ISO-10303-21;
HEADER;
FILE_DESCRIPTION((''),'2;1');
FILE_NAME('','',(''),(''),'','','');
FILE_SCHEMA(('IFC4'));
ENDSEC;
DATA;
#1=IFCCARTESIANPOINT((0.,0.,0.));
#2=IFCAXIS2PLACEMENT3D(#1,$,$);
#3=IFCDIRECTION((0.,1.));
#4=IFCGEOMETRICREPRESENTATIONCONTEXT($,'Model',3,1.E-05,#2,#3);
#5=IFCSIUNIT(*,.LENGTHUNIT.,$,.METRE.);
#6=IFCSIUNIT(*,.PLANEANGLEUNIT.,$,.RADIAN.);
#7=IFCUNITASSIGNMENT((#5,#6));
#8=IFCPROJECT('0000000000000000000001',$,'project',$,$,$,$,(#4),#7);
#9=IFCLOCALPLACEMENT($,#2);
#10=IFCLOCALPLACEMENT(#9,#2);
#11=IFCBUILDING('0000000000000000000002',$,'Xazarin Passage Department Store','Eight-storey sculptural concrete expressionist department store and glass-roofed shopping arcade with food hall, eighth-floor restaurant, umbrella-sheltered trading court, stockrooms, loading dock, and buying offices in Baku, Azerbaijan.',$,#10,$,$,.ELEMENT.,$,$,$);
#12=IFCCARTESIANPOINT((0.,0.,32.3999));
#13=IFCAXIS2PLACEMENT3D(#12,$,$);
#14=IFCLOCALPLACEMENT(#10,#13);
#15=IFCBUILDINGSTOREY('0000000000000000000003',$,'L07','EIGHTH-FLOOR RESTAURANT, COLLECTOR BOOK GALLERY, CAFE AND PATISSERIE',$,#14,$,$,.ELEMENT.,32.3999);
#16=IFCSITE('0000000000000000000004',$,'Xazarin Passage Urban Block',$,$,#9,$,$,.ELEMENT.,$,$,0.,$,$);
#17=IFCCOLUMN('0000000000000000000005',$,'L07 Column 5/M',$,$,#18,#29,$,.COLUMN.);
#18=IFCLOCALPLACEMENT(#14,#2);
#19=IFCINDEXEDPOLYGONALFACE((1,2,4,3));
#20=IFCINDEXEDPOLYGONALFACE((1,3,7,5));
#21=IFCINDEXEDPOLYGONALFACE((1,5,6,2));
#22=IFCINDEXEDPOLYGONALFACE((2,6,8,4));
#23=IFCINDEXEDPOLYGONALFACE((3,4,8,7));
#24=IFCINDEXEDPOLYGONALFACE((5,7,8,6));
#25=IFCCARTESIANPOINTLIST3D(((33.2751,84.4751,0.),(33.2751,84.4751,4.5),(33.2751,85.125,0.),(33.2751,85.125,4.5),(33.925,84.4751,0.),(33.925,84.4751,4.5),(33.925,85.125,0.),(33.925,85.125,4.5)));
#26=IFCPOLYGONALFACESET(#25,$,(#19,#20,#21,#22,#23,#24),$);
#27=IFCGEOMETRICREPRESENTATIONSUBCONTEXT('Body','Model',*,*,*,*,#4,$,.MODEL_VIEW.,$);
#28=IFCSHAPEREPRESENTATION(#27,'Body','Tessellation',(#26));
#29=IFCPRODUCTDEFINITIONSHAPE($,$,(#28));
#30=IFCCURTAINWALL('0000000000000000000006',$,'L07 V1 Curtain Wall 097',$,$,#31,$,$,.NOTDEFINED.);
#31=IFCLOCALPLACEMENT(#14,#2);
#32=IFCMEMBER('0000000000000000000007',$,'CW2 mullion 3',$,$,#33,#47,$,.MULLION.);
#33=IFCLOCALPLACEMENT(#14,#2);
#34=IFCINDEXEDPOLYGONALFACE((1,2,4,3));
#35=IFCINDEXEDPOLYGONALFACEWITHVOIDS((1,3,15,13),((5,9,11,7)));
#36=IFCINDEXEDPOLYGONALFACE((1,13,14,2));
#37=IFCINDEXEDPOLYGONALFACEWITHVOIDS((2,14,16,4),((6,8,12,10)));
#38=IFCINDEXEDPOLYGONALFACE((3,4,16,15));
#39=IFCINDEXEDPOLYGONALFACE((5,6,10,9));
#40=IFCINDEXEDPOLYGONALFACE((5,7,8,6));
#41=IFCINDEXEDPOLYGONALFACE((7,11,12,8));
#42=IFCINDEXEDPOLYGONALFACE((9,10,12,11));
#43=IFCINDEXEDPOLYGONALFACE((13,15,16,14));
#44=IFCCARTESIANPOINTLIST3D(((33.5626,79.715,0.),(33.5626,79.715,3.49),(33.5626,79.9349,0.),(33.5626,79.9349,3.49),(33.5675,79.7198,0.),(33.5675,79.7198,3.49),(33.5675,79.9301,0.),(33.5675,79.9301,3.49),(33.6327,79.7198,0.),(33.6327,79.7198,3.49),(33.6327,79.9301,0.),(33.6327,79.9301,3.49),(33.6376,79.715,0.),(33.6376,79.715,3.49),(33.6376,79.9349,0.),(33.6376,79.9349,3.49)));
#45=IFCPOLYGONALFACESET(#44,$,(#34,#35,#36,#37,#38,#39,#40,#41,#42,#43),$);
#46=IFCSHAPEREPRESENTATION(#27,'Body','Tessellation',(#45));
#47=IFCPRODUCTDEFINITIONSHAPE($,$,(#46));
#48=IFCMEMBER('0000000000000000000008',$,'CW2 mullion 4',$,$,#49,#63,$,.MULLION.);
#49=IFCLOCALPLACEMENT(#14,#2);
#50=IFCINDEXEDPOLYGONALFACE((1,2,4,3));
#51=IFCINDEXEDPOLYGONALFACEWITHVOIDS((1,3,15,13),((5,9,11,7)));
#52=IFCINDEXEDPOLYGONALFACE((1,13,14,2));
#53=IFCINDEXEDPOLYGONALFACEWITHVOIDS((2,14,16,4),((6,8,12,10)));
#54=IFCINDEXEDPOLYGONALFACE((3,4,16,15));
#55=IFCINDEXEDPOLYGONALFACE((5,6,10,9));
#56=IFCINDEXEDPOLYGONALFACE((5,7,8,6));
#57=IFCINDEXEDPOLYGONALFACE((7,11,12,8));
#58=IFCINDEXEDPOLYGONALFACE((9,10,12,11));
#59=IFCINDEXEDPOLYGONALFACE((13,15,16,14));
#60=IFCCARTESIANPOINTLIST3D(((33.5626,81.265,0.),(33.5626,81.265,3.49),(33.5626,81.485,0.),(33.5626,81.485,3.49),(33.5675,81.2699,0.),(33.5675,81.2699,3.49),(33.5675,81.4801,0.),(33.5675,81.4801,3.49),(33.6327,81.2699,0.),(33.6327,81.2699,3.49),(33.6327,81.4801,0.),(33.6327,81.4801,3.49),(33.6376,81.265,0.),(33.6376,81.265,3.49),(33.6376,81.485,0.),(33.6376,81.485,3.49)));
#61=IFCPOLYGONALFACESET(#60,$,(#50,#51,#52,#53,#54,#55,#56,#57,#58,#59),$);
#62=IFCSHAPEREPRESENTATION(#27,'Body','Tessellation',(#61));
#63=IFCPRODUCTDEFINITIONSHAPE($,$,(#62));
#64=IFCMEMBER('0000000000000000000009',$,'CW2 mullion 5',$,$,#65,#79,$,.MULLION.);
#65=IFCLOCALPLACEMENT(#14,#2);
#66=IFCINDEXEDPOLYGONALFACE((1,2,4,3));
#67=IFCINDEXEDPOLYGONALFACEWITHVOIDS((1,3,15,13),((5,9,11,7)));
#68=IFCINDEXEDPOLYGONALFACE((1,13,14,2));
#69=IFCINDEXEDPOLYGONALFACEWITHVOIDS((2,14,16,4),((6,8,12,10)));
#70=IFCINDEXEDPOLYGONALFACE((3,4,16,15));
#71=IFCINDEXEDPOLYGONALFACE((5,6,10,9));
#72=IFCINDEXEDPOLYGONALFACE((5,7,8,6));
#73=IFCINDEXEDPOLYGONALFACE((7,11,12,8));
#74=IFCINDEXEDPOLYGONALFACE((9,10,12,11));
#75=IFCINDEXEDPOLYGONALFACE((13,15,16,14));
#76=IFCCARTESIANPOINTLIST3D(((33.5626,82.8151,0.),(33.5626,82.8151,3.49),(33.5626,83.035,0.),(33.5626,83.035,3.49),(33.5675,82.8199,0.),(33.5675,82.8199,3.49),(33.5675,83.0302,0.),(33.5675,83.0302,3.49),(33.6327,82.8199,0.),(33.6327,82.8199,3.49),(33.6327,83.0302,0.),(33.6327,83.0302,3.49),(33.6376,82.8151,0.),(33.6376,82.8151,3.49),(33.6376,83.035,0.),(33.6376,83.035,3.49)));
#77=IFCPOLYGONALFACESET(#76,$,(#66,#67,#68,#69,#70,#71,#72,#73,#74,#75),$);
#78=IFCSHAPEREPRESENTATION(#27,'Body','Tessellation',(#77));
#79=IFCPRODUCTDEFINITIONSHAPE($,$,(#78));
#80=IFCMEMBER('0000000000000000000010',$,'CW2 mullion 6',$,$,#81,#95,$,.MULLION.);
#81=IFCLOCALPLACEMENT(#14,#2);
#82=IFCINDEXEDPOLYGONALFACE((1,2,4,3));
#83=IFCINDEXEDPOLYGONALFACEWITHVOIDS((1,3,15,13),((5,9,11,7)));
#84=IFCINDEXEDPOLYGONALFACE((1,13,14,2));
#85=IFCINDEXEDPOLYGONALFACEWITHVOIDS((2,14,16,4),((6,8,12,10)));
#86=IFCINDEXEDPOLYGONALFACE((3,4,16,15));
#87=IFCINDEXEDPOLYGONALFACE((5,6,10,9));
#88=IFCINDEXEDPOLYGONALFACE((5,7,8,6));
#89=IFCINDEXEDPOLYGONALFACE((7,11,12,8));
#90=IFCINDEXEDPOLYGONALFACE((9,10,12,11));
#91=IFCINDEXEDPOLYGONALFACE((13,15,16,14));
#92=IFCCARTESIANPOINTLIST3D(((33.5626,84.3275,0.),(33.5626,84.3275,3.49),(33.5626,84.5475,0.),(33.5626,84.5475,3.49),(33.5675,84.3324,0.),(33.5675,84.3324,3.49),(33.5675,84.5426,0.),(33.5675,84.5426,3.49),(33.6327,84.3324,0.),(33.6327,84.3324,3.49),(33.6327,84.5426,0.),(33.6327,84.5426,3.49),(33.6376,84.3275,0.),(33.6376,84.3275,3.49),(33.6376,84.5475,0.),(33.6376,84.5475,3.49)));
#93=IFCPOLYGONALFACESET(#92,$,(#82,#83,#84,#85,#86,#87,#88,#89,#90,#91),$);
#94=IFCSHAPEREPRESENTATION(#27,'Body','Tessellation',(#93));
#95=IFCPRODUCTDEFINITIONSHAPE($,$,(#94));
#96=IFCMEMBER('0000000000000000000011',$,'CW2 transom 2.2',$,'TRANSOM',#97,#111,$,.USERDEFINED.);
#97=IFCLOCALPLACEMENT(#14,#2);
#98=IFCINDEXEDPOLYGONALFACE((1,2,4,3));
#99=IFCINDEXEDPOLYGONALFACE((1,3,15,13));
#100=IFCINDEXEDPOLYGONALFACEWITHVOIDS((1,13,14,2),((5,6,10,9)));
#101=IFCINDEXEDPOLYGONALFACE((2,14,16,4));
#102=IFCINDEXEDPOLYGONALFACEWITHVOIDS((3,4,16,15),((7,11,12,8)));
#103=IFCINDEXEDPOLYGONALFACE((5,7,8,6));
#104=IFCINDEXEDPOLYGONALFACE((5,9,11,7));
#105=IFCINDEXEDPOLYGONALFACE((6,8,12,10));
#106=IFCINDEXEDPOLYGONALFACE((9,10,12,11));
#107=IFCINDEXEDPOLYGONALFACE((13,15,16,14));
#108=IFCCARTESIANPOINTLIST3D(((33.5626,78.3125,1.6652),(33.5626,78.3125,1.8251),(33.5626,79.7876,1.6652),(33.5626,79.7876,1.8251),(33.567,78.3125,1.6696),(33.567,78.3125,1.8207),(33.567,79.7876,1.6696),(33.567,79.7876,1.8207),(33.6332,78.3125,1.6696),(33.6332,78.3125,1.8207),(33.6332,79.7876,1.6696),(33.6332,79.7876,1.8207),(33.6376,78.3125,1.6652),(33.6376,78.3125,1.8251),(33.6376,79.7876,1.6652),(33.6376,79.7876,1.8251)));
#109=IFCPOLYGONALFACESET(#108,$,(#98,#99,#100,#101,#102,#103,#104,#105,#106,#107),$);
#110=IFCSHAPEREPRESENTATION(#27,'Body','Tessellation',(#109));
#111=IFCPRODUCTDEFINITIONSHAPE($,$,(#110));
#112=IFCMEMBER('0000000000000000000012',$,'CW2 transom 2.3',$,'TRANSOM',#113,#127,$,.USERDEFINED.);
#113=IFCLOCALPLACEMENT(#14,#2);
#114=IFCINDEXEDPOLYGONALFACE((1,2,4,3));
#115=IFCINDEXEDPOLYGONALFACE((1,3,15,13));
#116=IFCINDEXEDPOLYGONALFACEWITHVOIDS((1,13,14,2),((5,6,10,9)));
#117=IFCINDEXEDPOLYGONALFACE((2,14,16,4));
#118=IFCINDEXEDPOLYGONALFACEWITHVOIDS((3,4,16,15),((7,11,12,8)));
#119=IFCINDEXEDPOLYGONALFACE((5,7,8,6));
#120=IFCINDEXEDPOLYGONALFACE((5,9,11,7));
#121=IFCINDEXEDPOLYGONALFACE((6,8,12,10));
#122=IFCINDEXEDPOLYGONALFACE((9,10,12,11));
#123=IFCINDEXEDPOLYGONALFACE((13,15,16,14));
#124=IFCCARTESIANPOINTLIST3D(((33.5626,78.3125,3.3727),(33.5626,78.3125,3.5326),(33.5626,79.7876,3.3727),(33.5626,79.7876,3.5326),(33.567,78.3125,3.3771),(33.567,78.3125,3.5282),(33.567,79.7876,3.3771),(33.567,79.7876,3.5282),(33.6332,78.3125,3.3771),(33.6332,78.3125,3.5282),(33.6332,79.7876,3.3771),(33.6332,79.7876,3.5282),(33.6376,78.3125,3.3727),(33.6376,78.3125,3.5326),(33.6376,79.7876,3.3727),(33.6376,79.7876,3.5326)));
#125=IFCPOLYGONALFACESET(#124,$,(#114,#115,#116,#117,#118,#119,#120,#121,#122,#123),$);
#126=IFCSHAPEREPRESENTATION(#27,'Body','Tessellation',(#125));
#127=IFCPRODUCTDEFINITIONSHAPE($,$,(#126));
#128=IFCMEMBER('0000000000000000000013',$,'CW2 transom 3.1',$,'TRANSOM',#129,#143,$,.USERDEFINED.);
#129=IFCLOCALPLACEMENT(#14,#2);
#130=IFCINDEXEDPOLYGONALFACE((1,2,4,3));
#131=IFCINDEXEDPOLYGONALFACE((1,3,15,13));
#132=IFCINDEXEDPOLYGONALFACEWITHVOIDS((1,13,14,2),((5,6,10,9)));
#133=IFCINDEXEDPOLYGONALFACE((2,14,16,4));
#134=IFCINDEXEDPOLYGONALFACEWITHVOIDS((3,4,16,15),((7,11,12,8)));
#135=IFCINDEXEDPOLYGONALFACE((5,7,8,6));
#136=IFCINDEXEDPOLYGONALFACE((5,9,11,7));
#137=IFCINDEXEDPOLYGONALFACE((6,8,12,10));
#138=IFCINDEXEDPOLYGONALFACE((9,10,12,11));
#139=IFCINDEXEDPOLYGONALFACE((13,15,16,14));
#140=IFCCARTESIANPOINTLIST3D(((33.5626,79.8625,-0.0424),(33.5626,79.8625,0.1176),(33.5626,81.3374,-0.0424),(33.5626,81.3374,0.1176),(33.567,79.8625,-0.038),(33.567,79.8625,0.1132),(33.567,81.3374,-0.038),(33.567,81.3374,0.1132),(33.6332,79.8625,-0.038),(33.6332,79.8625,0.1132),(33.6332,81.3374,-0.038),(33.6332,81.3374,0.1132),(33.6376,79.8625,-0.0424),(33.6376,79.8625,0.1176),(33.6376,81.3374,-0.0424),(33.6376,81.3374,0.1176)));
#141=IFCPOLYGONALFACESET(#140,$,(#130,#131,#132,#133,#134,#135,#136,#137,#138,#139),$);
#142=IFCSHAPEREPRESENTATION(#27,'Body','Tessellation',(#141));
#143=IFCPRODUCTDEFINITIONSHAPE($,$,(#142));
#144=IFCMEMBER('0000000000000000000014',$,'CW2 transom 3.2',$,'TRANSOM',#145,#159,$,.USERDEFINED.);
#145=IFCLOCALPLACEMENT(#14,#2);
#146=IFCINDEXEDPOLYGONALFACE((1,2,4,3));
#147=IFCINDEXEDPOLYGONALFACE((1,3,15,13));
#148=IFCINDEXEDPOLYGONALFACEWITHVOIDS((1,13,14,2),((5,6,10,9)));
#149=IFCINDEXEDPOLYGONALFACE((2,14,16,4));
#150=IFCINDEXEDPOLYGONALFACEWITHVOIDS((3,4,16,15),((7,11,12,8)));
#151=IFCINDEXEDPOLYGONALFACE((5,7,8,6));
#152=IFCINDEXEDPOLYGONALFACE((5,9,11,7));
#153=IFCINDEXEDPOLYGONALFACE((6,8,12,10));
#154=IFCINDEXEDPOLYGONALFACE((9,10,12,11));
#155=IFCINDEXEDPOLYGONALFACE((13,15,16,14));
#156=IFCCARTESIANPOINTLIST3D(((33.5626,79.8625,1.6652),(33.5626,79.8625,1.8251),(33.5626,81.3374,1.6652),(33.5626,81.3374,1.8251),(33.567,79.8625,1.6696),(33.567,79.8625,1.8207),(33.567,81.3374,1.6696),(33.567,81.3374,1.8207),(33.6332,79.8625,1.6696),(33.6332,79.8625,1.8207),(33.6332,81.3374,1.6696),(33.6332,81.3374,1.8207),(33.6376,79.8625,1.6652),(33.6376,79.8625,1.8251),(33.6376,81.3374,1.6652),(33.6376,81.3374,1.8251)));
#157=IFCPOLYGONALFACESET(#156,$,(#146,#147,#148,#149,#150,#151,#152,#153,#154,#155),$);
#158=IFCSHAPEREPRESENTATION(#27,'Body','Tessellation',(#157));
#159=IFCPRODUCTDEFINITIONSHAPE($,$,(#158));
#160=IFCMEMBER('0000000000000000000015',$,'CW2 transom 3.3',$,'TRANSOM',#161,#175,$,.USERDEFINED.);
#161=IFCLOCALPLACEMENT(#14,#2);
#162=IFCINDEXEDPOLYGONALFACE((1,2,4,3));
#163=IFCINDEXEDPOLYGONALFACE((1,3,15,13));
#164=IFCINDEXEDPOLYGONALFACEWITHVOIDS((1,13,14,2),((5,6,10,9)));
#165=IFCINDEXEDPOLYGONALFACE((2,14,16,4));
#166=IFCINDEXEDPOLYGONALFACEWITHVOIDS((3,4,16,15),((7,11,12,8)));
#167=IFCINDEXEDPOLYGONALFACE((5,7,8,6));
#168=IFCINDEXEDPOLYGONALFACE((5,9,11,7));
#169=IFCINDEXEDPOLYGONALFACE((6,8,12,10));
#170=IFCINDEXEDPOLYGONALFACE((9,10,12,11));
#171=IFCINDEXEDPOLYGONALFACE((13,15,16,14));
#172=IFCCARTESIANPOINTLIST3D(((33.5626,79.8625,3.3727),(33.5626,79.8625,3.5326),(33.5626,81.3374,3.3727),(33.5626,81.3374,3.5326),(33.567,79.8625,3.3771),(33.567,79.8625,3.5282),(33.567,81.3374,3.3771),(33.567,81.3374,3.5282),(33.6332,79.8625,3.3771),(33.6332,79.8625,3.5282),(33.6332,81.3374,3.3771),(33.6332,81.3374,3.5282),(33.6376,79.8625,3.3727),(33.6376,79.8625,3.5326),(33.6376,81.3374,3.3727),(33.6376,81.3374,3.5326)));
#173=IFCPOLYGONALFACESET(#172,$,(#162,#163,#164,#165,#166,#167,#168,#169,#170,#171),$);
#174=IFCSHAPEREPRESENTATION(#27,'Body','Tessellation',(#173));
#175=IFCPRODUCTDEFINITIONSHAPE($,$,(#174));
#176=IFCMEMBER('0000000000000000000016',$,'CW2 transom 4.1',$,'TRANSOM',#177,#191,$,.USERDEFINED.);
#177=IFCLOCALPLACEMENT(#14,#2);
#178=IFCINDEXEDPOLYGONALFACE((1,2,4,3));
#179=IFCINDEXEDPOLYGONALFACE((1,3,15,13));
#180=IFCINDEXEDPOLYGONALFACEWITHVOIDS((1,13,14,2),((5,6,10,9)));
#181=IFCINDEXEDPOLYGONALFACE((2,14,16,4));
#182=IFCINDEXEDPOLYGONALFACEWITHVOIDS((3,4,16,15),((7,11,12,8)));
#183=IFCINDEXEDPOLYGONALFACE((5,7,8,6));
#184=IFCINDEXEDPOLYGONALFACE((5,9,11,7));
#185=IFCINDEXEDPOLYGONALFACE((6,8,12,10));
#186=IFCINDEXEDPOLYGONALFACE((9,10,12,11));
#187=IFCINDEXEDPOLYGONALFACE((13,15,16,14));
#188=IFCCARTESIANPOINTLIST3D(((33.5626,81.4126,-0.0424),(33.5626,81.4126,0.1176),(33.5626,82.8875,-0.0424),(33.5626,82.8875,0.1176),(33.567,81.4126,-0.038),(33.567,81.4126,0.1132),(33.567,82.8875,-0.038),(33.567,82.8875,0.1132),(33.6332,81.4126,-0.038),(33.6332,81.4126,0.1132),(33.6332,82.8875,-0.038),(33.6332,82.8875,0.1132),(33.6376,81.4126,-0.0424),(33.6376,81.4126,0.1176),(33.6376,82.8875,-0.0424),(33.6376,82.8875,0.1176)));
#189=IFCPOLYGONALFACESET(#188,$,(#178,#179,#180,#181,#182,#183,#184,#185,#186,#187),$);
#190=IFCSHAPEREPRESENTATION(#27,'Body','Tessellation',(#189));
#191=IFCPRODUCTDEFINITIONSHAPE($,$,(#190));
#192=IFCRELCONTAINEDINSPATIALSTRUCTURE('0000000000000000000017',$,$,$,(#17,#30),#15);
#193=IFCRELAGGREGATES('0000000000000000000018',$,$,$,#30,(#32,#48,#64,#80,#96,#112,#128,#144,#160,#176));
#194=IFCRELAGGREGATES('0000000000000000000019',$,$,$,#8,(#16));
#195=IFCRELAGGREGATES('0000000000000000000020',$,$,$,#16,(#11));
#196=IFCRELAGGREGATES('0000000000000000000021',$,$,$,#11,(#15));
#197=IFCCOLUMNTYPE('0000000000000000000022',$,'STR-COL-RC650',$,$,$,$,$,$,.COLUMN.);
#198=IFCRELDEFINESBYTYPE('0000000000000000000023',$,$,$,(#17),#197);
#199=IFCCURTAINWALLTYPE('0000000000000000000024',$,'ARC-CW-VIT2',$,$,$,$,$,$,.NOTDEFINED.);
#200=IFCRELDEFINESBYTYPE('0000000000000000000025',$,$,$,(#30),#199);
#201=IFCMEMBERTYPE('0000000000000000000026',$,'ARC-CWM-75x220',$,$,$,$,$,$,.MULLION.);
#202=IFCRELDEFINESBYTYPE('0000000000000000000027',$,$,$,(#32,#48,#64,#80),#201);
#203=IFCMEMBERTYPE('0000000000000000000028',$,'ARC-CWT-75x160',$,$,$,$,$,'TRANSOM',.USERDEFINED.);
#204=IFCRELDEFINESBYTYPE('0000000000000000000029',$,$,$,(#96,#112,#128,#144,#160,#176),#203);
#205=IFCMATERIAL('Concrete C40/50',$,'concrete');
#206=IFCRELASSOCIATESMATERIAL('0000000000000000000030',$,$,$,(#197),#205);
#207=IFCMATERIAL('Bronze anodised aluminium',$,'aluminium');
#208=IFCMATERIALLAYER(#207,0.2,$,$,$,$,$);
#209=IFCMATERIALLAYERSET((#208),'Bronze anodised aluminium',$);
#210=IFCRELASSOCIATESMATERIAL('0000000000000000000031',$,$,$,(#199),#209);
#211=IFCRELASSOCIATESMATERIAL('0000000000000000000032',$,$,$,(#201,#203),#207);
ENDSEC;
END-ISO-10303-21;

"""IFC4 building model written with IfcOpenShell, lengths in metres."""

from ifc_helpers import new_model, si_unit, direction, frame, origin, origin_2d, place, context, subcontext, project, spatial, rectangle, hollow_rectangle, extrude, material, layer, layer_set, material_profile, profile_set, type_object, element, aggregate, save


model = new_model("IFC4")

# Units and contexts
model_context = context("Model", 3, precision=1e-05, world=origin(), true_north=direction((0.0, 1.0)))
body_context = subcontext(model_context, "Body", "Model", "MODEL_VIEW")
ifc_project = project(units=[si_unit("LENGTHUNIT", "METRE"), si_unit("PLANEANGLEUNIT", "RADIAN")], contexts=[model_context])

# Site, building, storey
site_placement = place(None, origin())
site = spatial("IfcSite", under=ifc_project, at=site_placement, Name="Xazarin Passage Urban Block", CompositionType="ELEMENT", RefElevation=0.0)
building_placement = place(site_placement, origin())
building = spatial("IfcBuilding", under=site, at=building_placement, Name="Xazarin Passage Department Store", Description="Eight-storey sculptural concrete expressionist department store and glass-roofed shopping arcade with food hall, eighth-floor restaurant, umbrella-sheltered trading court, stockrooms, loading dock, and buying offices in Baku, Azerbaijan.", CompositionType="ELEMENT")
storey_placement = place(building_placement, frame((0.0, 0.0, 32.3999)))
storey = spatial("IfcBuildingStorey", under=building, at=storey_placement, Name="L07", Description="EIGHTH-FLOOR RESTAURANT, COLLECTOR BOOK GALLERY, CAFE AND PATISSERIE", CompositionType="ELEMENT", Elevation=32.3999)

# Column
ifc_material_1 = material(Name="Concrete C40/50", Category="concrete")
ifc_material_profile_1 = material_profile(ifc_material_1, rectangle(XDim=0.6499, YDim=0.6499, at=origin_2d()), Name="RC 650x650")
ifc_profile_set_1 = profile_set([ifc_material_profile_1], Name="Concrete C40/50")
column_type = type_object("IfcColumnType", Name="STR-COL-RC650", PredefinedType="COLUMN", material=ifc_profile_set_1)
column_placement = place(storey_placement, frame((33.6001, 84.8, 0.0), z_axis=(0.0, 0.0, 1.0), x_axis=(1.0, 0.0, 0.0)))
element("IfcColumn", 1, at=column_placement, inside=storey, type_object=column_type, Name="L07 Column 5/M", PredefinedType="COLUMN", context=body_context, shape_type="SweptSolid", body=[
    extrude(rectangle(XDim=0.6499, YDim=0.6499, at=origin_2d()), origin(), (0.0, 0.0, 1.0), 4.5),
])

# Curtain wall, members
ifc_material_2 = material(Name="Bronze anodised aluminium", Category="aluminium")
ifc_layer_1 = layer(ifc_material_2, 0.2)
ifc_layer_set_1 = layer_set([ifc_layer_1], Name="Bronze anodised aluminium")
curtain_wall_type = type_object("IfcCurtainWallType", Name="ARC-CW-VIT2", PredefinedType="NOTDEFINED", material=ifc_layer_set_1)
curtain_wall_placement = place(storey_placement, origin())
curtain_wall = element("IfcCurtainWall", 2, at=curtain_wall_placement, inside=storey, type_object=curtain_wall_type, Name="L07 V1 Curtain Wall 097", PredefinedType="NOTDEFINED")
ifc_material_profile_2 = material_profile(ifc_material_2, hollow_rectangle(XDim=0.075, YDim=0.22, WallThickness=0.0049, at=origin_2d()), Name="ALU 75x220")
ifc_profile_set_2 = profile_set([ifc_material_profile_2], Name="Bronze anodised aluminium")
member_type_1 = type_object("IfcMemberType", Name="ARC-CWM-75x220", PredefinedType="MULLION", material=ifc_profile_set_2)
member_1_placement = place(storey_placement, frame((33.6001, 79.825, 0.0), z_axis=(0.0, 0.0, 1.0), x_axis=(-1.0, 0.0, 0.0)))
member_1 = element("IfcMember", 3, at=member_1_placement, type_object=member_type_1, Name="CW2 mullion 3", PredefinedType="MULLION", context=body_context, shape_type="SweptSolid", body=[
    extrude(hollow_rectangle(XDim=0.075, YDim=0.22, WallThickness=0.0049, at=origin_2d()), origin(), (0.0, 0.0, 1.0), 3.49),
])
member_2_placement = place(storey_placement, frame((33.6001, 81.375, 0.0), z_axis=(0.0, 0.0, 1.0), x_axis=(-1.0, 0.0, 0.0)))
member_2 = element("IfcMember", 4, at=member_2_placement, type_object=member_type_1, Name="CW2 mullion 4", PredefinedType="MULLION", context=body_context, shape_type="SweptSolid", body=[
    extrude(hollow_rectangle(XDim=0.075, YDim=0.22, WallThickness=0.0049, at=origin_2d()), origin(), (0.0, 0.0, 1.0), 3.49),
])
member_3_placement = place(storey_placement, frame((33.6001, 82.925, 0.0), z_axis=(0.0, 0.0, 1.0), x_axis=(-1.0, 0.0, 0.0)))
member_3 = element("IfcMember", 5, at=member_3_placement, type_object=member_type_1, Name="CW2 mullion 5", PredefinedType="MULLION", context=body_context, shape_type="SweptSolid", body=[
    extrude(hollow_rectangle(XDim=0.075, YDim=0.22, WallThickness=0.0049, at=origin_2d()), origin(), (0.0, 0.0, 1.0), 3.49),
])
member_4_placement = place(storey_placement, frame((33.6001, 84.4375, 0.0), z_axis=(0.0, 0.0, 1.0), x_axis=(-1.0, 0.0, 0.0)))
member_4 = element("IfcMember", 6, at=member_4_placement, type_object=member_type_1, Name="CW2 mullion 6", PredefinedType="MULLION", context=body_context, shape_type="SweptSolid", body=[
    extrude(hollow_rectangle(XDim=0.075, YDim=0.22, WallThickness=0.0049, at=origin_2d()), origin(), (0.0, 0.0, 1.0), 3.49),
])
ifc_material_profile_3 = material_profile(ifc_material_2, hollow_rectangle(XDim=0.075, YDim=0.1599, WallThickness=0.0044, at=origin_2d()), Name="ALU 75x160")
ifc_profile_set_3 = profile_set([ifc_material_profile_3], Name="Bronze anodised aluminium")
member_type_2 = type_object("IfcMemberType", Name="ARC-CWT-75x160", ElementType="TRANSOM", PredefinedType="USERDEFINED", material=ifc_profile_set_3)
member_5_placement = place(storey_placement, frame((33.6001, 78.3125, 1.7451), z_axis=(0.0, 1.0, 0.0), x_axis=(-1.0, 0.0, 0.0)))
member_5 = element("IfcMember", 7, at=member_5_placement, type_object=member_type_2, Name="CW2 transom 2.2", ObjectType="TRANSOM", PredefinedType="USERDEFINED", context=body_context, shape_type="SweptSolid", body=[
    extrude(hollow_rectangle(XDim=0.075, YDim=0.1599, WallThickness=0.0044, at=origin_2d()), origin(), (0.0, 0.0, 1.0), 1.4751),
])
member_6_placement = place(storey_placement, frame((33.6001, 78.3125, 3.4526), z_axis=(0.0, 1.0, 0.0), x_axis=(-1.0, 0.0, 0.0)))
member_6 = element("IfcMember", 8, at=member_6_placement, type_object=member_type_2, Name="CW2 transom 2.3", ObjectType="TRANSOM", PredefinedType="USERDEFINED", context=body_context, shape_type="SweptSolid", body=[
    extrude(hollow_rectangle(XDim=0.075, YDim=0.1599, WallThickness=0.0044, at=origin_2d()), origin(), (0.0, 0.0, 1.0), 1.4751),
])
member_7_placement = place(storey_placement, frame((33.6001, 79.8625, 0.0376), z_axis=(0.0, 1.0, 0.0), x_axis=(-1.0, 0.0, 0.0)))
member_7 = element("IfcMember", 9, at=member_7_placement, type_object=member_type_2, Name="CW2 transom 3.1", ObjectType="TRANSOM", PredefinedType="USERDEFINED", context=body_context, shape_type="SweptSolid", body=[
    extrude(hollow_rectangle(XDim=0.075, YDim=0.1599, WallThickness=0.0044, at=origin_2d()), origin(), (0.0, 0.0, 1.0), 1.4749),
])
member_8_placement = place(storey_placement, frame((33.6001, 79.8625, 1.7451), z_axis=(0.0, 1.0, 0.0), x_axis=(-1.0, 0.0, 0.0)))
member_8 = element("IfcMember", 10, at=member_8_placement, type_object=member_type_2, Name="CW2 transom 3.2", ObjectType="TRANSOM", PredefinedType="USERDEFINED", context=body_context, shape_type="SweptSolid", body=[
    extrude(hollow_rectangle(XDim=0.075, YDim=0.1599, WallThickness=0.0044, at=origin_2d()), origin(), (0.0, 0.0, 1.0), 1.4749),
])
member_9_placement = place(storey_placement, frame((33.6001, 79.8625, 3.4526), z_axis=(0.0, 1.0, 0.0), x_axis=(-1.0, 0.0, 0.0)))
member_9 = element("IfcMember", 11, at=member_9_placement, type_object=member_type_2, Name="CW2 transom 3.3", ObjectType="TRANSOM", PredefinedType="USERDEFINED", context=body_context, shape_type="SweptSolid", body=[
    extrude(hollow_rectangle(XDim=0.075, YDim=0.1599, WallThickness=0.0044, at=origin_2d()), origin(), (0.0, 0.0, 1.0), 1.4749),
])
member_10_placement = place(storey_placement, frame((33.6001, 81.4126, 0.0376), z_axis=(0.0, 1.0, 0.0), x_axis=(-1.0, 0.0, 0.0)))
member_10 = element("IfcMember", 12, at=member_10_placement, type_object=member_type_2, Name="CW2 transom 4.1", ObjectType="TRANSOM", PredefinedType="USERDEFINED", context=body_context, shape_type="SweptSolid", body=[
    extrude(hollow_rectangle(XDim=0.075, YDim=0.1599, WallThickness=0.0044, at=origin_2d()), origin(), (0.0, 0.0, 1.0), 1.4749),
])

aggregate(curtain_wall, [member_1, member_2, member_3, member_4, member_5, member_6, member_7, member_8, member_9, member_10])

save(model, "model.ifc")
